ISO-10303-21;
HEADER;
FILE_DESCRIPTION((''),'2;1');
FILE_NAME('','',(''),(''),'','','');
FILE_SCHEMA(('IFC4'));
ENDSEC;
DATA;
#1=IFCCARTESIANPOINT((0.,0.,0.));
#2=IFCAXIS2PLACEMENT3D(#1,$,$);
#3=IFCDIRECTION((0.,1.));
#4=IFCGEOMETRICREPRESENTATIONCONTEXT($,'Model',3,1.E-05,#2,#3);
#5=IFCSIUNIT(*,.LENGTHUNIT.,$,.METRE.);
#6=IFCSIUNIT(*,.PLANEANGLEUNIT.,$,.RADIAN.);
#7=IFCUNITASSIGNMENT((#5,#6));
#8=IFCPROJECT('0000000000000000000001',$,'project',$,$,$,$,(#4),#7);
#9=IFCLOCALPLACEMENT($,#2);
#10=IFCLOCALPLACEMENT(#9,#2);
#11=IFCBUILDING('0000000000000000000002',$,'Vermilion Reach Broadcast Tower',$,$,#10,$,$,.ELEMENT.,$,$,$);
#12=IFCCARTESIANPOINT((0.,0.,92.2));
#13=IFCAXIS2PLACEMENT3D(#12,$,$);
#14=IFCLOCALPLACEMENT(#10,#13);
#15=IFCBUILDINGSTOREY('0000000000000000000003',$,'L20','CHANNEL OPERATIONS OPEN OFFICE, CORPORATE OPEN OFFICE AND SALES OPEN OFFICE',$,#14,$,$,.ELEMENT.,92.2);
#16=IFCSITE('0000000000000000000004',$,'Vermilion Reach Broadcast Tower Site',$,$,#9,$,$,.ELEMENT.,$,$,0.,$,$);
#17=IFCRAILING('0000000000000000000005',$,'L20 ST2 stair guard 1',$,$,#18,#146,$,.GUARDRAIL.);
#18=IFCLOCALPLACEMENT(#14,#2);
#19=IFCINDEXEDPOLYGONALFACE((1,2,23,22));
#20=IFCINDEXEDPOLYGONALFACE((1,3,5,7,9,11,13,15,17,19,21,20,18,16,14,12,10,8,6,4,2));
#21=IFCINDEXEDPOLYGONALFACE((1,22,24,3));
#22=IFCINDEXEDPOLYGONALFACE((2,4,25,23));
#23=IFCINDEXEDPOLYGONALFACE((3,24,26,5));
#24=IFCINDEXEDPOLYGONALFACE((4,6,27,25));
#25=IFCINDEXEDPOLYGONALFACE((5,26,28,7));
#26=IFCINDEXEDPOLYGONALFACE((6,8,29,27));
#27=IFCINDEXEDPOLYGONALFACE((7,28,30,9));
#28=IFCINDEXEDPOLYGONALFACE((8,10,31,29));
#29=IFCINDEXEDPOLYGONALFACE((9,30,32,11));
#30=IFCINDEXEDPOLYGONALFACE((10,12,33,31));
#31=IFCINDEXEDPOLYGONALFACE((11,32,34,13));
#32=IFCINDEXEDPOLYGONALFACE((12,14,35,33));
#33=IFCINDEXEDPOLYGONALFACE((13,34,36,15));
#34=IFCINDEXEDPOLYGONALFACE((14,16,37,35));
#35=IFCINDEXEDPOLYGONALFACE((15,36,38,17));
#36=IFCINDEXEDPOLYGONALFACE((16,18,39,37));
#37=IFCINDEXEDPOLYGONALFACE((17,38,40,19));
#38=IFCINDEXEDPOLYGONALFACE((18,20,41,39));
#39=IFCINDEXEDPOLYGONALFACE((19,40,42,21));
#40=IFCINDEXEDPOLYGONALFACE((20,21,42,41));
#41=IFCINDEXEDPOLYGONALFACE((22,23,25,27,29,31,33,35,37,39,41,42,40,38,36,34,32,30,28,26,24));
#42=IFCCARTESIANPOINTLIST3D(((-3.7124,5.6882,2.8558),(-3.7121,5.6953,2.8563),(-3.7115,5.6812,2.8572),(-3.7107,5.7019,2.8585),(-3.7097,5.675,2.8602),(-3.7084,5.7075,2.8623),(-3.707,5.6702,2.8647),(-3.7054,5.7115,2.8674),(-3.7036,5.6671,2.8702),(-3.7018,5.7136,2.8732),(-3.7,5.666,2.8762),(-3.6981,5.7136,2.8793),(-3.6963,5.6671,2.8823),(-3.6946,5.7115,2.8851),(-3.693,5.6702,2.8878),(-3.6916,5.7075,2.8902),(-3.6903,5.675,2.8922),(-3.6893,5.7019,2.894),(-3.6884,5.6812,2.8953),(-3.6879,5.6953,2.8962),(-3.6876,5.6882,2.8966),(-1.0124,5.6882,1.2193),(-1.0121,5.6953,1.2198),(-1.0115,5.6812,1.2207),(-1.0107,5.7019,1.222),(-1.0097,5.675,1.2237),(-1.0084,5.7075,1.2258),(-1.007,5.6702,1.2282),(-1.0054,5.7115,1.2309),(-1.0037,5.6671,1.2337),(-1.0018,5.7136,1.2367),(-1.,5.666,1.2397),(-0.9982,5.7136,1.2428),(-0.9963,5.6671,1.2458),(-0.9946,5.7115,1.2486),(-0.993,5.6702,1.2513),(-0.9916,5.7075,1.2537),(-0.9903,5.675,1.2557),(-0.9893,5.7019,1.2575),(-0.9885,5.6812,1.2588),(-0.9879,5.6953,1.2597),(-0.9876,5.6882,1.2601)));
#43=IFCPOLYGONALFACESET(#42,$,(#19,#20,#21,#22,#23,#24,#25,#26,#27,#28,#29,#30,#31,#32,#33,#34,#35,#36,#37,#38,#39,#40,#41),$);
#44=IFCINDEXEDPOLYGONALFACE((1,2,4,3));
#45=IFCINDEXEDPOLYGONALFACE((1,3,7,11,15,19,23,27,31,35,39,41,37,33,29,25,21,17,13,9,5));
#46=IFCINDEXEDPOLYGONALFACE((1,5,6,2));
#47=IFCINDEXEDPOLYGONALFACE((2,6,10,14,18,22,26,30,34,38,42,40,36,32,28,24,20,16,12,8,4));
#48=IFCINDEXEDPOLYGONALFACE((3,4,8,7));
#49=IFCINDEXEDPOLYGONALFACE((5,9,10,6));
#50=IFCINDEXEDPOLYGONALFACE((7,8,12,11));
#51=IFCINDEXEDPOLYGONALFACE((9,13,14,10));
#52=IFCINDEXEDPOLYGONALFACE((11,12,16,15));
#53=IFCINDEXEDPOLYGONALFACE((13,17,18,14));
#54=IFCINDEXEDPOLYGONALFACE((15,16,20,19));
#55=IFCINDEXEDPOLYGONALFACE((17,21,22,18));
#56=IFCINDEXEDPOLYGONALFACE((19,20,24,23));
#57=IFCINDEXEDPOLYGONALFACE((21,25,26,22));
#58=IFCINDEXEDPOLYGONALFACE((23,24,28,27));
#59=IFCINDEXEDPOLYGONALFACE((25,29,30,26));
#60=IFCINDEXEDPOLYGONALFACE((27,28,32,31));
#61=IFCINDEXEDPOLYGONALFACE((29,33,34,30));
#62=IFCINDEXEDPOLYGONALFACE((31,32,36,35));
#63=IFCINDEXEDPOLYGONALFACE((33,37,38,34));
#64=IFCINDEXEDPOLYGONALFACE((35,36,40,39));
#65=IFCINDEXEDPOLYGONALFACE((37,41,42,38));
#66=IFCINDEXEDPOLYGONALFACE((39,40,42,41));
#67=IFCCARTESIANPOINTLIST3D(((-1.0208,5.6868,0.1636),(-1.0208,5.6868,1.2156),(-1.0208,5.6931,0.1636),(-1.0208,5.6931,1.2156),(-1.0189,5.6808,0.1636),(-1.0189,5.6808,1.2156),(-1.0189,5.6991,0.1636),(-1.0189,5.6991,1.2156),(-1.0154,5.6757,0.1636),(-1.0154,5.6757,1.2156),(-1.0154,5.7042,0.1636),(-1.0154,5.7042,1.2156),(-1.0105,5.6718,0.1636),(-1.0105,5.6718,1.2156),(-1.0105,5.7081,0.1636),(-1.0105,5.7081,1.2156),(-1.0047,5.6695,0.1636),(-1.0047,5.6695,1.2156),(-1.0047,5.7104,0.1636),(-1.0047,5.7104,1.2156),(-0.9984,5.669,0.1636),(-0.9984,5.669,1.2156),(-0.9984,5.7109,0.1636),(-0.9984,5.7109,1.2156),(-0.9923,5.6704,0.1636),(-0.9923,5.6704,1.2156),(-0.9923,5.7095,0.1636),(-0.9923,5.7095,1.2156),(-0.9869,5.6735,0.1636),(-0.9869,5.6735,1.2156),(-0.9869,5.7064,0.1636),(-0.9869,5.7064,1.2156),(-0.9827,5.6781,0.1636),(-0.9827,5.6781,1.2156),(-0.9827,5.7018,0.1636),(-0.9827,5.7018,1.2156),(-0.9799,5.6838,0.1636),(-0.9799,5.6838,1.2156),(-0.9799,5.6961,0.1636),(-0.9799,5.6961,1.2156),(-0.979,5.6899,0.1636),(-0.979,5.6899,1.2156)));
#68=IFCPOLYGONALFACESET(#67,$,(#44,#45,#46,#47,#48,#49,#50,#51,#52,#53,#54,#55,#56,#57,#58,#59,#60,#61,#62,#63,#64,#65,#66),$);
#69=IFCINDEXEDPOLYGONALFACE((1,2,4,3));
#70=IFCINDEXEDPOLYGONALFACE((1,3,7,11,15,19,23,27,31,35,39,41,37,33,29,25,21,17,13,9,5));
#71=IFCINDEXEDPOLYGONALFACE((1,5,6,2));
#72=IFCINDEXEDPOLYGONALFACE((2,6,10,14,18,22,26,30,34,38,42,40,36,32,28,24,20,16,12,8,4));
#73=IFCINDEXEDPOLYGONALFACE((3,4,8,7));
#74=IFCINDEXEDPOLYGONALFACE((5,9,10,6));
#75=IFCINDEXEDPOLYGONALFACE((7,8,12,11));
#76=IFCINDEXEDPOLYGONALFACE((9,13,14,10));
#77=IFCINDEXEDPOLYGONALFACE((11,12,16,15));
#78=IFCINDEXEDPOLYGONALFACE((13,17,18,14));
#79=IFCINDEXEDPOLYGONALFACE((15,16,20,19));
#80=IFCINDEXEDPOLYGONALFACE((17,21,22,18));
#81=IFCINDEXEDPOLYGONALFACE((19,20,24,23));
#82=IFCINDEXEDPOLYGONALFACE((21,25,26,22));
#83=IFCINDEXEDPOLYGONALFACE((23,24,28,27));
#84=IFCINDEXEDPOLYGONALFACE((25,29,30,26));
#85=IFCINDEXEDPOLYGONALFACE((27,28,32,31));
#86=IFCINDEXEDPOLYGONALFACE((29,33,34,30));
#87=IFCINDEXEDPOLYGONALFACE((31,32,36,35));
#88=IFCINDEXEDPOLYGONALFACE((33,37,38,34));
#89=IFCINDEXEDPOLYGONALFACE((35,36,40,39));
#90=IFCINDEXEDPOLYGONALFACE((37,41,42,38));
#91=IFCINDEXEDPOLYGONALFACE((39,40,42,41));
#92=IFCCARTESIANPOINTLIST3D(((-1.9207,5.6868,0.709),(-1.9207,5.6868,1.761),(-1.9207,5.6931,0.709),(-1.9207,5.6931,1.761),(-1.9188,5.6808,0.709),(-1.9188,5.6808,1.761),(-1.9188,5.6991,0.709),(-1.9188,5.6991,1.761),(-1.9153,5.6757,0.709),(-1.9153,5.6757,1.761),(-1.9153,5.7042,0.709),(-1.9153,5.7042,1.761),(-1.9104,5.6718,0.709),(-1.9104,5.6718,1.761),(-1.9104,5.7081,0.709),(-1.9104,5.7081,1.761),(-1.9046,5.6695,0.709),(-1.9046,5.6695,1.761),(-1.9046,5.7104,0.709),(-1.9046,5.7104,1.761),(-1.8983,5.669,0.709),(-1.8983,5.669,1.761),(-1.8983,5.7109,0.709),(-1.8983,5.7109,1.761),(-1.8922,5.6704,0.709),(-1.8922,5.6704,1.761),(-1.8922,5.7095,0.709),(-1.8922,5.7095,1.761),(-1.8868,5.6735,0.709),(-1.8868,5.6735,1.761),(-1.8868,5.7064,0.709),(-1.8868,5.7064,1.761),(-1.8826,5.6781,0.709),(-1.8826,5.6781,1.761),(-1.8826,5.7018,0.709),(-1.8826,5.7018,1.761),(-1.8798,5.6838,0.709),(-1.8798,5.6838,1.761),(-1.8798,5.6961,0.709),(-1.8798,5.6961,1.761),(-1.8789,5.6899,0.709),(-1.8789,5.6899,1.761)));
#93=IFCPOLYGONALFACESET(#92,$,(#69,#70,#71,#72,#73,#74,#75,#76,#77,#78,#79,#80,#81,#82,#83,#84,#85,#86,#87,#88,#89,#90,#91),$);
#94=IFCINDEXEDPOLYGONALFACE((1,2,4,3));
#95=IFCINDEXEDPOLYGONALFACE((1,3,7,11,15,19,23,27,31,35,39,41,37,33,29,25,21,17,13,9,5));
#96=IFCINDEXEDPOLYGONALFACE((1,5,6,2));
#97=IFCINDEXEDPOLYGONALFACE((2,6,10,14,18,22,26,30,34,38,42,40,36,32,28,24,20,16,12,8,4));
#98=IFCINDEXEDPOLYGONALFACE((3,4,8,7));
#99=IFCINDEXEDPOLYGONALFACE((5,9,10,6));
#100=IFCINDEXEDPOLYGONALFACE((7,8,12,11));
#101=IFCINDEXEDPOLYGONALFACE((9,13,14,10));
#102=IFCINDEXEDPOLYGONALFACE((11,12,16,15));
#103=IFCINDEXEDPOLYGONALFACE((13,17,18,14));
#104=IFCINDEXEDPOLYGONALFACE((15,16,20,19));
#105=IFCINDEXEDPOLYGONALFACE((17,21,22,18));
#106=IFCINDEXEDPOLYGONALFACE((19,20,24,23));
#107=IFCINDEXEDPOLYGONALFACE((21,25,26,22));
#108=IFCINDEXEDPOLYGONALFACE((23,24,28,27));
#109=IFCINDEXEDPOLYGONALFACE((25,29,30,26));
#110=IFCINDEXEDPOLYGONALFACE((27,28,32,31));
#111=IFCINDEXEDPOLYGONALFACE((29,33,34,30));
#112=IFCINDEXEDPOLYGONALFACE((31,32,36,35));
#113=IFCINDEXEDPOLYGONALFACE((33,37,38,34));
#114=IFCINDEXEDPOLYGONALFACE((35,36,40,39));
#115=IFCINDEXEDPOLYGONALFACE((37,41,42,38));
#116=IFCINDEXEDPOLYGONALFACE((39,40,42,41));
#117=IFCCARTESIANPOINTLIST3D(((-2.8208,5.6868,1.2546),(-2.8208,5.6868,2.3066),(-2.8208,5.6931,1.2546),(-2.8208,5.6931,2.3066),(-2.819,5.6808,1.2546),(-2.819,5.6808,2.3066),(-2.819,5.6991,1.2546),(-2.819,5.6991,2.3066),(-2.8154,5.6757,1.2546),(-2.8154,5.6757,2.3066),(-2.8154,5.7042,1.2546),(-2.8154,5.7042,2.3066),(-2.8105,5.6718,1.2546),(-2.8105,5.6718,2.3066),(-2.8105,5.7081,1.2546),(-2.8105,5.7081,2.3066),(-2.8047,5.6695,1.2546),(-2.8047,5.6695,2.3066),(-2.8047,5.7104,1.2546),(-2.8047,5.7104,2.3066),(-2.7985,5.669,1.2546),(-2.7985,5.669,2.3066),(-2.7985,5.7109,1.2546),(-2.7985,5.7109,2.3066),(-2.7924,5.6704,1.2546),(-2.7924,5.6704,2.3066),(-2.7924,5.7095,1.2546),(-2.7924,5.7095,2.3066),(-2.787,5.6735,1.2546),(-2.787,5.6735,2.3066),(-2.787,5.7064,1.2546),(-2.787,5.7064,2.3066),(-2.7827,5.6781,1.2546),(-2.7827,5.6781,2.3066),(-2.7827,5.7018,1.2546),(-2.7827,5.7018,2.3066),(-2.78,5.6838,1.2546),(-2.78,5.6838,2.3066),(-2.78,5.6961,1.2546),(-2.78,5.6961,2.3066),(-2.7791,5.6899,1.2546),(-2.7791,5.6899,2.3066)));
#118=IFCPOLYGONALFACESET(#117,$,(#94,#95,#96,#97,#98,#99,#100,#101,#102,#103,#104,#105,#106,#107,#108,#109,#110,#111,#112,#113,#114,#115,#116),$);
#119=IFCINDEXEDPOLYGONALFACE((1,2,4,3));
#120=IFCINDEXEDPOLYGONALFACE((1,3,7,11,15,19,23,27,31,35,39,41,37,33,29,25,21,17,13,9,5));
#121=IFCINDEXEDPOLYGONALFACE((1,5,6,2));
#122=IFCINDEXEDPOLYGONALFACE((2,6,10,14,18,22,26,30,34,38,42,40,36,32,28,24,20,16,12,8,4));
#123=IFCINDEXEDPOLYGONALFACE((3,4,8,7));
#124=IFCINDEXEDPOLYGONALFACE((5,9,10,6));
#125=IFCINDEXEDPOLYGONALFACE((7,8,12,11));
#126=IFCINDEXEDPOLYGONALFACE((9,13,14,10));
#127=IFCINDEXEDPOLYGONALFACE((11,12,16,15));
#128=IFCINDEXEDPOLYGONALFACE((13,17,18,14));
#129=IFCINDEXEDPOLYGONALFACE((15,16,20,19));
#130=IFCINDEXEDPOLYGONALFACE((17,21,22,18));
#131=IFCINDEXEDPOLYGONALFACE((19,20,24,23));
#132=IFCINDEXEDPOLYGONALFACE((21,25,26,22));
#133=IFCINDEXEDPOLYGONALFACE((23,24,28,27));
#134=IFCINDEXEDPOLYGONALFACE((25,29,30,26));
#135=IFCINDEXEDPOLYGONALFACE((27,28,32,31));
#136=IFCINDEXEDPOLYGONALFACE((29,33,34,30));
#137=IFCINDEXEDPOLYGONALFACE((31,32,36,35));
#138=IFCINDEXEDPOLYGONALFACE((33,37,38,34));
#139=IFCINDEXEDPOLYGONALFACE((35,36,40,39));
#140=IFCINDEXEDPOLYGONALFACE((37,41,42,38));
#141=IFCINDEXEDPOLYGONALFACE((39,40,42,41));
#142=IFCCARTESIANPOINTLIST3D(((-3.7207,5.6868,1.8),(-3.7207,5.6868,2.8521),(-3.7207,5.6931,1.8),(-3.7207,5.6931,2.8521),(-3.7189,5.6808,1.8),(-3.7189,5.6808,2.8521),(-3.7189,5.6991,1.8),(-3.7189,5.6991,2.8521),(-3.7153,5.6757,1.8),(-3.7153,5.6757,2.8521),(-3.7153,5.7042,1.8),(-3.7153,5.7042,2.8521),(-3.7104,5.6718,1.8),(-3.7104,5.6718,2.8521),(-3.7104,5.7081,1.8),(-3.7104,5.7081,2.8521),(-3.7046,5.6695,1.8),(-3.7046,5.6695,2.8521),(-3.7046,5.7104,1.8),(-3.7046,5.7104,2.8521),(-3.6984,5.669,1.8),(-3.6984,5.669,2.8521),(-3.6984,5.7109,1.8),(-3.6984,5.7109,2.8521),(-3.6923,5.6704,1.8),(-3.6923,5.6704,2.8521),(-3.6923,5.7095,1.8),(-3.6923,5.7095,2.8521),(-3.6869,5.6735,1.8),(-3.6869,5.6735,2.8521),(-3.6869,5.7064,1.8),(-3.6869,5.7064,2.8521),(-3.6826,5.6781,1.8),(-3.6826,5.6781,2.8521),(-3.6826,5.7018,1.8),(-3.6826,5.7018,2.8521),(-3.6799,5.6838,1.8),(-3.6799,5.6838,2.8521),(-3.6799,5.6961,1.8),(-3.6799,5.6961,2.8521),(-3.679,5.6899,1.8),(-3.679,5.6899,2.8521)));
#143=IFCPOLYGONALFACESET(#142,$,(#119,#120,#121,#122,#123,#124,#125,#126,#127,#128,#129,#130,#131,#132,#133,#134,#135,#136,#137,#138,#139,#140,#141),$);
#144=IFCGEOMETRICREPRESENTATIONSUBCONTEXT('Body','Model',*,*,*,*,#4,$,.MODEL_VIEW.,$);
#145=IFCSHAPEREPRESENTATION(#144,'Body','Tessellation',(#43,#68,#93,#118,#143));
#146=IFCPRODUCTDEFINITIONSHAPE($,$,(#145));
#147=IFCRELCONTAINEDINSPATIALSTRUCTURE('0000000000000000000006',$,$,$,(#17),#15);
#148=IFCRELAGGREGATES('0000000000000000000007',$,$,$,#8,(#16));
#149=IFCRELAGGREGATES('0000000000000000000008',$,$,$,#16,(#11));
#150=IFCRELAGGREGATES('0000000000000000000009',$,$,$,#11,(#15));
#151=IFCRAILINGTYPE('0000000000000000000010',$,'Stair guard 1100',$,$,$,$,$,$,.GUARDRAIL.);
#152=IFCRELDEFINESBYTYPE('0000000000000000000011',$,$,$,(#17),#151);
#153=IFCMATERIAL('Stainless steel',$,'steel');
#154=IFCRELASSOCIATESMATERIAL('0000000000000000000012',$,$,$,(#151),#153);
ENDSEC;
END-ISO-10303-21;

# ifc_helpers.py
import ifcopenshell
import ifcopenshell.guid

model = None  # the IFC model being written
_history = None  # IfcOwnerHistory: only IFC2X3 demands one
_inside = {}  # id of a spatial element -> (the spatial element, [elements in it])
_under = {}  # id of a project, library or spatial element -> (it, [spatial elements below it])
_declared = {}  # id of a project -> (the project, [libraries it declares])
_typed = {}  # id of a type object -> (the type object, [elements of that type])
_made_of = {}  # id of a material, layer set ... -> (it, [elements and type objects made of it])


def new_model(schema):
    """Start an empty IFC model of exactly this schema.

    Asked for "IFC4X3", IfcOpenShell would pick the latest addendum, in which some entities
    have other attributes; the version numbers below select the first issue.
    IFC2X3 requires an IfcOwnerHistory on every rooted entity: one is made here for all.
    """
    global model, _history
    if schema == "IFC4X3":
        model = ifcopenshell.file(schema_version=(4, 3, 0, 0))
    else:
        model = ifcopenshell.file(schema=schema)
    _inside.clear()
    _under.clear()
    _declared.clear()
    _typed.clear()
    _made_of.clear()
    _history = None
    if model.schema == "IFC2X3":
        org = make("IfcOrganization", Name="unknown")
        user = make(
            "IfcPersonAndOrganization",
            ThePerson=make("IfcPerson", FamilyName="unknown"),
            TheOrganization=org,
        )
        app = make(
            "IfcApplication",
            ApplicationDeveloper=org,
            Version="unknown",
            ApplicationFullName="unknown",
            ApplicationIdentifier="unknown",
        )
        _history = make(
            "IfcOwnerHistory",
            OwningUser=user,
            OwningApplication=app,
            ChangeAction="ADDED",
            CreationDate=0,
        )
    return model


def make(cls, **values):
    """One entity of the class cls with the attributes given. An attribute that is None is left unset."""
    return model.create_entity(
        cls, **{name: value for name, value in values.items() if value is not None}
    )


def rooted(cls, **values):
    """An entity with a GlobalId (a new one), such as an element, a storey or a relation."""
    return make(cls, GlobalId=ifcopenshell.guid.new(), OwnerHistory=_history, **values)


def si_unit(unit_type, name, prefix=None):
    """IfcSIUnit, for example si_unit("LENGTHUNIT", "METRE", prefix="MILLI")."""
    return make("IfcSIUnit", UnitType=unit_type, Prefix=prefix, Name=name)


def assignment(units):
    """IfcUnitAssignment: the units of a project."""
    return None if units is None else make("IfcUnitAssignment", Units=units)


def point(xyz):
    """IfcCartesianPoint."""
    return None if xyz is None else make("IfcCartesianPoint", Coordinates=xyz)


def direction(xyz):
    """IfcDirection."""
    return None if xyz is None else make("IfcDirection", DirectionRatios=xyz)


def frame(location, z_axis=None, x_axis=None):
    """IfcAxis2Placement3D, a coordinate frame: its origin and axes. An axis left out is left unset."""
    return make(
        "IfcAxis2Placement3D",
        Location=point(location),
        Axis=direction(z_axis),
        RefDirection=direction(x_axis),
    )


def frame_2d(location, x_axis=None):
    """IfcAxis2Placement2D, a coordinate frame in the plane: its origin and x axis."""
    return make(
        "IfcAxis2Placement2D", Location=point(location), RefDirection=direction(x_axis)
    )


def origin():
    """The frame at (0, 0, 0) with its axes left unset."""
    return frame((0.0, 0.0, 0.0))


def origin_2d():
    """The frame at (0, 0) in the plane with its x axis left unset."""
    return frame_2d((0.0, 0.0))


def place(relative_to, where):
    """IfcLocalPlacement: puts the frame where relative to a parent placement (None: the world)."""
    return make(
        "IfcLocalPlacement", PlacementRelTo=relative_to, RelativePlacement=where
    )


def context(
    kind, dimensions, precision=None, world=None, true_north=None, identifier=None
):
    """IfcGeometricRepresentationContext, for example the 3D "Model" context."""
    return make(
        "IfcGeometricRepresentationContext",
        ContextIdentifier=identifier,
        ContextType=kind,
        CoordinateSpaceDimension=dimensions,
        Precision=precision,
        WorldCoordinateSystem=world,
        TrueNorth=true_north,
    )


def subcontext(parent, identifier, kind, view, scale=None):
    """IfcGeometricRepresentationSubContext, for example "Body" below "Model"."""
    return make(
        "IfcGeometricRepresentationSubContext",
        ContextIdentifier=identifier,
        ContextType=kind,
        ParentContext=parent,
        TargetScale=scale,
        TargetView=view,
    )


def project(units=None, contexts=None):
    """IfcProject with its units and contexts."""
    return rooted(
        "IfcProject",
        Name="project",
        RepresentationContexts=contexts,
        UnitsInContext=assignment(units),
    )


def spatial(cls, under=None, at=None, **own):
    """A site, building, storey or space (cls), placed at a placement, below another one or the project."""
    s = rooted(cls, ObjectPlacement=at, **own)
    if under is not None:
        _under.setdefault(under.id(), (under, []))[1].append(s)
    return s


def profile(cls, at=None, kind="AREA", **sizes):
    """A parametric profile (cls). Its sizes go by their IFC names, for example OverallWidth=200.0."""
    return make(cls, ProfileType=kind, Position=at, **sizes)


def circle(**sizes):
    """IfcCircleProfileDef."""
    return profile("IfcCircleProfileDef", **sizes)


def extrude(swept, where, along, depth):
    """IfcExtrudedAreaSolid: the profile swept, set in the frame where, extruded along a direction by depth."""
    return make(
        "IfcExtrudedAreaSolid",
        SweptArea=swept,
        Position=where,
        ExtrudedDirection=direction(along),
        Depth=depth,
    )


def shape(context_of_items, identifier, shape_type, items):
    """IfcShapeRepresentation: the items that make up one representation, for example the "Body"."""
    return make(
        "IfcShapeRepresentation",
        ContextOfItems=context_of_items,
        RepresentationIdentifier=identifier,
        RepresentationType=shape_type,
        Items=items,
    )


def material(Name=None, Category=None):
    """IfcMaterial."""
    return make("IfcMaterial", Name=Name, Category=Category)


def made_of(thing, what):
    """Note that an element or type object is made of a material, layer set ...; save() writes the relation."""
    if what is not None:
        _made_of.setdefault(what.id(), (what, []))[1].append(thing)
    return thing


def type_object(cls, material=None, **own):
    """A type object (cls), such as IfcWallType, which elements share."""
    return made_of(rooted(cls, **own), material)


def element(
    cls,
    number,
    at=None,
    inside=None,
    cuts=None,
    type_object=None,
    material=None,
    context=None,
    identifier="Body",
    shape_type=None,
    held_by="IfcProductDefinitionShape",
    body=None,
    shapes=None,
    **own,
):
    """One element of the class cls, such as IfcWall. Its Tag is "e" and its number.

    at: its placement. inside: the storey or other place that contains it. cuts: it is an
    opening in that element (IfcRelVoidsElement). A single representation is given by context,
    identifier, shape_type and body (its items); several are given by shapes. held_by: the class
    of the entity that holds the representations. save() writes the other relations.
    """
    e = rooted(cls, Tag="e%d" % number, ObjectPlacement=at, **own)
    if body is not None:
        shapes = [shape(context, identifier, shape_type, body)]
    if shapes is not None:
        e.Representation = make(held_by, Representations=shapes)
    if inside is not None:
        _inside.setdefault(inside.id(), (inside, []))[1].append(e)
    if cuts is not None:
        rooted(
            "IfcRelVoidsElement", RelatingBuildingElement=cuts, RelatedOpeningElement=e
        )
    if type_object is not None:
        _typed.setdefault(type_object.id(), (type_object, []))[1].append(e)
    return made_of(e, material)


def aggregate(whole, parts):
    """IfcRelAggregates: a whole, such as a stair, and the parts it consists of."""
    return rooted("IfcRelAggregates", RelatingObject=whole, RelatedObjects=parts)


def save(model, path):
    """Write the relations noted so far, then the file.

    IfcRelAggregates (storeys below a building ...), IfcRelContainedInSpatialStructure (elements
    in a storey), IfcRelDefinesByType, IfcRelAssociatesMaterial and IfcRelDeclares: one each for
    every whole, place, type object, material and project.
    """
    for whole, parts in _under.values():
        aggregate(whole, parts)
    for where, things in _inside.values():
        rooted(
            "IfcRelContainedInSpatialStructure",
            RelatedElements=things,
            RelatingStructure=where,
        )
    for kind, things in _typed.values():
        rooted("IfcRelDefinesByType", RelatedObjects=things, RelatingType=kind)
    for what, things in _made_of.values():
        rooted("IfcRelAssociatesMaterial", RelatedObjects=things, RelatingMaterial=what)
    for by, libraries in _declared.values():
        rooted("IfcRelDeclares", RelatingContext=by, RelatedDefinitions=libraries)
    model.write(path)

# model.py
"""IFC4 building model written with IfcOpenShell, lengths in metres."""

from ifc_helpers import new_model, si_unit, direction, frame, origin, origin_2d, place, context, subcontext, project, spatial, circle, extrude, material, type_object, element, save


model = new_model("IFC4")

# Units and contexts
model_context = context("Model", 3, precision=1e-05, world=origin(), true_north=direction((0.0, 1.0)))
body_context = subcontext(model_context, "Body", "Model", "MODEL_VIEW")
ifc_project = project(units=[si_unit("LENGTHUNIT", "METRE"), si_unit("PLANEANGLEUNIT", "RADIAN")], contexts=[model_context])

# Site, building, storey
site_placement = place(None, origin())
site = spatial("IfcSite", under=ifc_project, at=site_placement, Name="Vermilion Reach Broadcast Tower Site", CompositionType="ELEMENT", RefElevation=0.0)
building_placement = place(site_placement, origin())
building = spatial("IfcBuilding", under=site, at=building_placement, Name="Vermilion Reach Broadcast Tower", CompositionType="ELEMENT")
storey_placement = place(building_placement, frame((0.0, 0.0, 92.2)))
storey = spatial("IfcBuildingStorey", under=building, at=storey_placement, Name="L20", Description="CHANNEL OPERATIONS OPEN OFFICE, CORPORATE OPEN OFFICE AND SALES OPEN OFFICE", CompositionType="ELEMENT", Elevation=92.2)

# Railing
ifc_material_1 = material(Name="Stainless steel", Category="steel")
railing_type_1 = type_object("IfcRailingType", Name="Stair guard 1100", PredefinedType="GUARDRAIL", material=ifc_material_1)
railing_1_placement = place(storey_placement, frame((-1.0, 5.6899, 0.1636)))
element("IfcRailing", 1, at=railing_1_placement, inside=storey, type_object=railing_type_1, Name="L20 ST2 stair guard 1", PredefinedType="GUARDRAIL", context=body_context, shape_type="SweptSolid", body=[
    extrude(circle(Radius=0.0239, at=origin_2d()), frame((0.0, 0.0, 1.0762), z_axis=(-0.855178, 0.0, 0.518334), x_axis=(0.0, -1.0, 0.0)), (0.0, 0.0, 1.0), 3.1572),
    extrude(circle(Radius=0.021, at=origin_2d()), origin(), (0.0, 0.0, 1.0), 1.052),
    extrude(circle(Radius=0.021, at=origin_2d()), frame((-0.8999, 0.0, 0.5454)), (0.0, 0.0, 1.0), 1.052),
    extrude(circle(Radius=0.021, at=origin_2d()), frame((-1.8, 0.0, 1.0911)), (0.0, 0.0, 1.0), 1.052),
    extrude(circle(Radius=0.021, at=origin_2d()), frame((-2.7, 0.0, 1.6365)), (0.0, 0.0, 1.0), 1.052),
])

save(model, "model.ifc")
